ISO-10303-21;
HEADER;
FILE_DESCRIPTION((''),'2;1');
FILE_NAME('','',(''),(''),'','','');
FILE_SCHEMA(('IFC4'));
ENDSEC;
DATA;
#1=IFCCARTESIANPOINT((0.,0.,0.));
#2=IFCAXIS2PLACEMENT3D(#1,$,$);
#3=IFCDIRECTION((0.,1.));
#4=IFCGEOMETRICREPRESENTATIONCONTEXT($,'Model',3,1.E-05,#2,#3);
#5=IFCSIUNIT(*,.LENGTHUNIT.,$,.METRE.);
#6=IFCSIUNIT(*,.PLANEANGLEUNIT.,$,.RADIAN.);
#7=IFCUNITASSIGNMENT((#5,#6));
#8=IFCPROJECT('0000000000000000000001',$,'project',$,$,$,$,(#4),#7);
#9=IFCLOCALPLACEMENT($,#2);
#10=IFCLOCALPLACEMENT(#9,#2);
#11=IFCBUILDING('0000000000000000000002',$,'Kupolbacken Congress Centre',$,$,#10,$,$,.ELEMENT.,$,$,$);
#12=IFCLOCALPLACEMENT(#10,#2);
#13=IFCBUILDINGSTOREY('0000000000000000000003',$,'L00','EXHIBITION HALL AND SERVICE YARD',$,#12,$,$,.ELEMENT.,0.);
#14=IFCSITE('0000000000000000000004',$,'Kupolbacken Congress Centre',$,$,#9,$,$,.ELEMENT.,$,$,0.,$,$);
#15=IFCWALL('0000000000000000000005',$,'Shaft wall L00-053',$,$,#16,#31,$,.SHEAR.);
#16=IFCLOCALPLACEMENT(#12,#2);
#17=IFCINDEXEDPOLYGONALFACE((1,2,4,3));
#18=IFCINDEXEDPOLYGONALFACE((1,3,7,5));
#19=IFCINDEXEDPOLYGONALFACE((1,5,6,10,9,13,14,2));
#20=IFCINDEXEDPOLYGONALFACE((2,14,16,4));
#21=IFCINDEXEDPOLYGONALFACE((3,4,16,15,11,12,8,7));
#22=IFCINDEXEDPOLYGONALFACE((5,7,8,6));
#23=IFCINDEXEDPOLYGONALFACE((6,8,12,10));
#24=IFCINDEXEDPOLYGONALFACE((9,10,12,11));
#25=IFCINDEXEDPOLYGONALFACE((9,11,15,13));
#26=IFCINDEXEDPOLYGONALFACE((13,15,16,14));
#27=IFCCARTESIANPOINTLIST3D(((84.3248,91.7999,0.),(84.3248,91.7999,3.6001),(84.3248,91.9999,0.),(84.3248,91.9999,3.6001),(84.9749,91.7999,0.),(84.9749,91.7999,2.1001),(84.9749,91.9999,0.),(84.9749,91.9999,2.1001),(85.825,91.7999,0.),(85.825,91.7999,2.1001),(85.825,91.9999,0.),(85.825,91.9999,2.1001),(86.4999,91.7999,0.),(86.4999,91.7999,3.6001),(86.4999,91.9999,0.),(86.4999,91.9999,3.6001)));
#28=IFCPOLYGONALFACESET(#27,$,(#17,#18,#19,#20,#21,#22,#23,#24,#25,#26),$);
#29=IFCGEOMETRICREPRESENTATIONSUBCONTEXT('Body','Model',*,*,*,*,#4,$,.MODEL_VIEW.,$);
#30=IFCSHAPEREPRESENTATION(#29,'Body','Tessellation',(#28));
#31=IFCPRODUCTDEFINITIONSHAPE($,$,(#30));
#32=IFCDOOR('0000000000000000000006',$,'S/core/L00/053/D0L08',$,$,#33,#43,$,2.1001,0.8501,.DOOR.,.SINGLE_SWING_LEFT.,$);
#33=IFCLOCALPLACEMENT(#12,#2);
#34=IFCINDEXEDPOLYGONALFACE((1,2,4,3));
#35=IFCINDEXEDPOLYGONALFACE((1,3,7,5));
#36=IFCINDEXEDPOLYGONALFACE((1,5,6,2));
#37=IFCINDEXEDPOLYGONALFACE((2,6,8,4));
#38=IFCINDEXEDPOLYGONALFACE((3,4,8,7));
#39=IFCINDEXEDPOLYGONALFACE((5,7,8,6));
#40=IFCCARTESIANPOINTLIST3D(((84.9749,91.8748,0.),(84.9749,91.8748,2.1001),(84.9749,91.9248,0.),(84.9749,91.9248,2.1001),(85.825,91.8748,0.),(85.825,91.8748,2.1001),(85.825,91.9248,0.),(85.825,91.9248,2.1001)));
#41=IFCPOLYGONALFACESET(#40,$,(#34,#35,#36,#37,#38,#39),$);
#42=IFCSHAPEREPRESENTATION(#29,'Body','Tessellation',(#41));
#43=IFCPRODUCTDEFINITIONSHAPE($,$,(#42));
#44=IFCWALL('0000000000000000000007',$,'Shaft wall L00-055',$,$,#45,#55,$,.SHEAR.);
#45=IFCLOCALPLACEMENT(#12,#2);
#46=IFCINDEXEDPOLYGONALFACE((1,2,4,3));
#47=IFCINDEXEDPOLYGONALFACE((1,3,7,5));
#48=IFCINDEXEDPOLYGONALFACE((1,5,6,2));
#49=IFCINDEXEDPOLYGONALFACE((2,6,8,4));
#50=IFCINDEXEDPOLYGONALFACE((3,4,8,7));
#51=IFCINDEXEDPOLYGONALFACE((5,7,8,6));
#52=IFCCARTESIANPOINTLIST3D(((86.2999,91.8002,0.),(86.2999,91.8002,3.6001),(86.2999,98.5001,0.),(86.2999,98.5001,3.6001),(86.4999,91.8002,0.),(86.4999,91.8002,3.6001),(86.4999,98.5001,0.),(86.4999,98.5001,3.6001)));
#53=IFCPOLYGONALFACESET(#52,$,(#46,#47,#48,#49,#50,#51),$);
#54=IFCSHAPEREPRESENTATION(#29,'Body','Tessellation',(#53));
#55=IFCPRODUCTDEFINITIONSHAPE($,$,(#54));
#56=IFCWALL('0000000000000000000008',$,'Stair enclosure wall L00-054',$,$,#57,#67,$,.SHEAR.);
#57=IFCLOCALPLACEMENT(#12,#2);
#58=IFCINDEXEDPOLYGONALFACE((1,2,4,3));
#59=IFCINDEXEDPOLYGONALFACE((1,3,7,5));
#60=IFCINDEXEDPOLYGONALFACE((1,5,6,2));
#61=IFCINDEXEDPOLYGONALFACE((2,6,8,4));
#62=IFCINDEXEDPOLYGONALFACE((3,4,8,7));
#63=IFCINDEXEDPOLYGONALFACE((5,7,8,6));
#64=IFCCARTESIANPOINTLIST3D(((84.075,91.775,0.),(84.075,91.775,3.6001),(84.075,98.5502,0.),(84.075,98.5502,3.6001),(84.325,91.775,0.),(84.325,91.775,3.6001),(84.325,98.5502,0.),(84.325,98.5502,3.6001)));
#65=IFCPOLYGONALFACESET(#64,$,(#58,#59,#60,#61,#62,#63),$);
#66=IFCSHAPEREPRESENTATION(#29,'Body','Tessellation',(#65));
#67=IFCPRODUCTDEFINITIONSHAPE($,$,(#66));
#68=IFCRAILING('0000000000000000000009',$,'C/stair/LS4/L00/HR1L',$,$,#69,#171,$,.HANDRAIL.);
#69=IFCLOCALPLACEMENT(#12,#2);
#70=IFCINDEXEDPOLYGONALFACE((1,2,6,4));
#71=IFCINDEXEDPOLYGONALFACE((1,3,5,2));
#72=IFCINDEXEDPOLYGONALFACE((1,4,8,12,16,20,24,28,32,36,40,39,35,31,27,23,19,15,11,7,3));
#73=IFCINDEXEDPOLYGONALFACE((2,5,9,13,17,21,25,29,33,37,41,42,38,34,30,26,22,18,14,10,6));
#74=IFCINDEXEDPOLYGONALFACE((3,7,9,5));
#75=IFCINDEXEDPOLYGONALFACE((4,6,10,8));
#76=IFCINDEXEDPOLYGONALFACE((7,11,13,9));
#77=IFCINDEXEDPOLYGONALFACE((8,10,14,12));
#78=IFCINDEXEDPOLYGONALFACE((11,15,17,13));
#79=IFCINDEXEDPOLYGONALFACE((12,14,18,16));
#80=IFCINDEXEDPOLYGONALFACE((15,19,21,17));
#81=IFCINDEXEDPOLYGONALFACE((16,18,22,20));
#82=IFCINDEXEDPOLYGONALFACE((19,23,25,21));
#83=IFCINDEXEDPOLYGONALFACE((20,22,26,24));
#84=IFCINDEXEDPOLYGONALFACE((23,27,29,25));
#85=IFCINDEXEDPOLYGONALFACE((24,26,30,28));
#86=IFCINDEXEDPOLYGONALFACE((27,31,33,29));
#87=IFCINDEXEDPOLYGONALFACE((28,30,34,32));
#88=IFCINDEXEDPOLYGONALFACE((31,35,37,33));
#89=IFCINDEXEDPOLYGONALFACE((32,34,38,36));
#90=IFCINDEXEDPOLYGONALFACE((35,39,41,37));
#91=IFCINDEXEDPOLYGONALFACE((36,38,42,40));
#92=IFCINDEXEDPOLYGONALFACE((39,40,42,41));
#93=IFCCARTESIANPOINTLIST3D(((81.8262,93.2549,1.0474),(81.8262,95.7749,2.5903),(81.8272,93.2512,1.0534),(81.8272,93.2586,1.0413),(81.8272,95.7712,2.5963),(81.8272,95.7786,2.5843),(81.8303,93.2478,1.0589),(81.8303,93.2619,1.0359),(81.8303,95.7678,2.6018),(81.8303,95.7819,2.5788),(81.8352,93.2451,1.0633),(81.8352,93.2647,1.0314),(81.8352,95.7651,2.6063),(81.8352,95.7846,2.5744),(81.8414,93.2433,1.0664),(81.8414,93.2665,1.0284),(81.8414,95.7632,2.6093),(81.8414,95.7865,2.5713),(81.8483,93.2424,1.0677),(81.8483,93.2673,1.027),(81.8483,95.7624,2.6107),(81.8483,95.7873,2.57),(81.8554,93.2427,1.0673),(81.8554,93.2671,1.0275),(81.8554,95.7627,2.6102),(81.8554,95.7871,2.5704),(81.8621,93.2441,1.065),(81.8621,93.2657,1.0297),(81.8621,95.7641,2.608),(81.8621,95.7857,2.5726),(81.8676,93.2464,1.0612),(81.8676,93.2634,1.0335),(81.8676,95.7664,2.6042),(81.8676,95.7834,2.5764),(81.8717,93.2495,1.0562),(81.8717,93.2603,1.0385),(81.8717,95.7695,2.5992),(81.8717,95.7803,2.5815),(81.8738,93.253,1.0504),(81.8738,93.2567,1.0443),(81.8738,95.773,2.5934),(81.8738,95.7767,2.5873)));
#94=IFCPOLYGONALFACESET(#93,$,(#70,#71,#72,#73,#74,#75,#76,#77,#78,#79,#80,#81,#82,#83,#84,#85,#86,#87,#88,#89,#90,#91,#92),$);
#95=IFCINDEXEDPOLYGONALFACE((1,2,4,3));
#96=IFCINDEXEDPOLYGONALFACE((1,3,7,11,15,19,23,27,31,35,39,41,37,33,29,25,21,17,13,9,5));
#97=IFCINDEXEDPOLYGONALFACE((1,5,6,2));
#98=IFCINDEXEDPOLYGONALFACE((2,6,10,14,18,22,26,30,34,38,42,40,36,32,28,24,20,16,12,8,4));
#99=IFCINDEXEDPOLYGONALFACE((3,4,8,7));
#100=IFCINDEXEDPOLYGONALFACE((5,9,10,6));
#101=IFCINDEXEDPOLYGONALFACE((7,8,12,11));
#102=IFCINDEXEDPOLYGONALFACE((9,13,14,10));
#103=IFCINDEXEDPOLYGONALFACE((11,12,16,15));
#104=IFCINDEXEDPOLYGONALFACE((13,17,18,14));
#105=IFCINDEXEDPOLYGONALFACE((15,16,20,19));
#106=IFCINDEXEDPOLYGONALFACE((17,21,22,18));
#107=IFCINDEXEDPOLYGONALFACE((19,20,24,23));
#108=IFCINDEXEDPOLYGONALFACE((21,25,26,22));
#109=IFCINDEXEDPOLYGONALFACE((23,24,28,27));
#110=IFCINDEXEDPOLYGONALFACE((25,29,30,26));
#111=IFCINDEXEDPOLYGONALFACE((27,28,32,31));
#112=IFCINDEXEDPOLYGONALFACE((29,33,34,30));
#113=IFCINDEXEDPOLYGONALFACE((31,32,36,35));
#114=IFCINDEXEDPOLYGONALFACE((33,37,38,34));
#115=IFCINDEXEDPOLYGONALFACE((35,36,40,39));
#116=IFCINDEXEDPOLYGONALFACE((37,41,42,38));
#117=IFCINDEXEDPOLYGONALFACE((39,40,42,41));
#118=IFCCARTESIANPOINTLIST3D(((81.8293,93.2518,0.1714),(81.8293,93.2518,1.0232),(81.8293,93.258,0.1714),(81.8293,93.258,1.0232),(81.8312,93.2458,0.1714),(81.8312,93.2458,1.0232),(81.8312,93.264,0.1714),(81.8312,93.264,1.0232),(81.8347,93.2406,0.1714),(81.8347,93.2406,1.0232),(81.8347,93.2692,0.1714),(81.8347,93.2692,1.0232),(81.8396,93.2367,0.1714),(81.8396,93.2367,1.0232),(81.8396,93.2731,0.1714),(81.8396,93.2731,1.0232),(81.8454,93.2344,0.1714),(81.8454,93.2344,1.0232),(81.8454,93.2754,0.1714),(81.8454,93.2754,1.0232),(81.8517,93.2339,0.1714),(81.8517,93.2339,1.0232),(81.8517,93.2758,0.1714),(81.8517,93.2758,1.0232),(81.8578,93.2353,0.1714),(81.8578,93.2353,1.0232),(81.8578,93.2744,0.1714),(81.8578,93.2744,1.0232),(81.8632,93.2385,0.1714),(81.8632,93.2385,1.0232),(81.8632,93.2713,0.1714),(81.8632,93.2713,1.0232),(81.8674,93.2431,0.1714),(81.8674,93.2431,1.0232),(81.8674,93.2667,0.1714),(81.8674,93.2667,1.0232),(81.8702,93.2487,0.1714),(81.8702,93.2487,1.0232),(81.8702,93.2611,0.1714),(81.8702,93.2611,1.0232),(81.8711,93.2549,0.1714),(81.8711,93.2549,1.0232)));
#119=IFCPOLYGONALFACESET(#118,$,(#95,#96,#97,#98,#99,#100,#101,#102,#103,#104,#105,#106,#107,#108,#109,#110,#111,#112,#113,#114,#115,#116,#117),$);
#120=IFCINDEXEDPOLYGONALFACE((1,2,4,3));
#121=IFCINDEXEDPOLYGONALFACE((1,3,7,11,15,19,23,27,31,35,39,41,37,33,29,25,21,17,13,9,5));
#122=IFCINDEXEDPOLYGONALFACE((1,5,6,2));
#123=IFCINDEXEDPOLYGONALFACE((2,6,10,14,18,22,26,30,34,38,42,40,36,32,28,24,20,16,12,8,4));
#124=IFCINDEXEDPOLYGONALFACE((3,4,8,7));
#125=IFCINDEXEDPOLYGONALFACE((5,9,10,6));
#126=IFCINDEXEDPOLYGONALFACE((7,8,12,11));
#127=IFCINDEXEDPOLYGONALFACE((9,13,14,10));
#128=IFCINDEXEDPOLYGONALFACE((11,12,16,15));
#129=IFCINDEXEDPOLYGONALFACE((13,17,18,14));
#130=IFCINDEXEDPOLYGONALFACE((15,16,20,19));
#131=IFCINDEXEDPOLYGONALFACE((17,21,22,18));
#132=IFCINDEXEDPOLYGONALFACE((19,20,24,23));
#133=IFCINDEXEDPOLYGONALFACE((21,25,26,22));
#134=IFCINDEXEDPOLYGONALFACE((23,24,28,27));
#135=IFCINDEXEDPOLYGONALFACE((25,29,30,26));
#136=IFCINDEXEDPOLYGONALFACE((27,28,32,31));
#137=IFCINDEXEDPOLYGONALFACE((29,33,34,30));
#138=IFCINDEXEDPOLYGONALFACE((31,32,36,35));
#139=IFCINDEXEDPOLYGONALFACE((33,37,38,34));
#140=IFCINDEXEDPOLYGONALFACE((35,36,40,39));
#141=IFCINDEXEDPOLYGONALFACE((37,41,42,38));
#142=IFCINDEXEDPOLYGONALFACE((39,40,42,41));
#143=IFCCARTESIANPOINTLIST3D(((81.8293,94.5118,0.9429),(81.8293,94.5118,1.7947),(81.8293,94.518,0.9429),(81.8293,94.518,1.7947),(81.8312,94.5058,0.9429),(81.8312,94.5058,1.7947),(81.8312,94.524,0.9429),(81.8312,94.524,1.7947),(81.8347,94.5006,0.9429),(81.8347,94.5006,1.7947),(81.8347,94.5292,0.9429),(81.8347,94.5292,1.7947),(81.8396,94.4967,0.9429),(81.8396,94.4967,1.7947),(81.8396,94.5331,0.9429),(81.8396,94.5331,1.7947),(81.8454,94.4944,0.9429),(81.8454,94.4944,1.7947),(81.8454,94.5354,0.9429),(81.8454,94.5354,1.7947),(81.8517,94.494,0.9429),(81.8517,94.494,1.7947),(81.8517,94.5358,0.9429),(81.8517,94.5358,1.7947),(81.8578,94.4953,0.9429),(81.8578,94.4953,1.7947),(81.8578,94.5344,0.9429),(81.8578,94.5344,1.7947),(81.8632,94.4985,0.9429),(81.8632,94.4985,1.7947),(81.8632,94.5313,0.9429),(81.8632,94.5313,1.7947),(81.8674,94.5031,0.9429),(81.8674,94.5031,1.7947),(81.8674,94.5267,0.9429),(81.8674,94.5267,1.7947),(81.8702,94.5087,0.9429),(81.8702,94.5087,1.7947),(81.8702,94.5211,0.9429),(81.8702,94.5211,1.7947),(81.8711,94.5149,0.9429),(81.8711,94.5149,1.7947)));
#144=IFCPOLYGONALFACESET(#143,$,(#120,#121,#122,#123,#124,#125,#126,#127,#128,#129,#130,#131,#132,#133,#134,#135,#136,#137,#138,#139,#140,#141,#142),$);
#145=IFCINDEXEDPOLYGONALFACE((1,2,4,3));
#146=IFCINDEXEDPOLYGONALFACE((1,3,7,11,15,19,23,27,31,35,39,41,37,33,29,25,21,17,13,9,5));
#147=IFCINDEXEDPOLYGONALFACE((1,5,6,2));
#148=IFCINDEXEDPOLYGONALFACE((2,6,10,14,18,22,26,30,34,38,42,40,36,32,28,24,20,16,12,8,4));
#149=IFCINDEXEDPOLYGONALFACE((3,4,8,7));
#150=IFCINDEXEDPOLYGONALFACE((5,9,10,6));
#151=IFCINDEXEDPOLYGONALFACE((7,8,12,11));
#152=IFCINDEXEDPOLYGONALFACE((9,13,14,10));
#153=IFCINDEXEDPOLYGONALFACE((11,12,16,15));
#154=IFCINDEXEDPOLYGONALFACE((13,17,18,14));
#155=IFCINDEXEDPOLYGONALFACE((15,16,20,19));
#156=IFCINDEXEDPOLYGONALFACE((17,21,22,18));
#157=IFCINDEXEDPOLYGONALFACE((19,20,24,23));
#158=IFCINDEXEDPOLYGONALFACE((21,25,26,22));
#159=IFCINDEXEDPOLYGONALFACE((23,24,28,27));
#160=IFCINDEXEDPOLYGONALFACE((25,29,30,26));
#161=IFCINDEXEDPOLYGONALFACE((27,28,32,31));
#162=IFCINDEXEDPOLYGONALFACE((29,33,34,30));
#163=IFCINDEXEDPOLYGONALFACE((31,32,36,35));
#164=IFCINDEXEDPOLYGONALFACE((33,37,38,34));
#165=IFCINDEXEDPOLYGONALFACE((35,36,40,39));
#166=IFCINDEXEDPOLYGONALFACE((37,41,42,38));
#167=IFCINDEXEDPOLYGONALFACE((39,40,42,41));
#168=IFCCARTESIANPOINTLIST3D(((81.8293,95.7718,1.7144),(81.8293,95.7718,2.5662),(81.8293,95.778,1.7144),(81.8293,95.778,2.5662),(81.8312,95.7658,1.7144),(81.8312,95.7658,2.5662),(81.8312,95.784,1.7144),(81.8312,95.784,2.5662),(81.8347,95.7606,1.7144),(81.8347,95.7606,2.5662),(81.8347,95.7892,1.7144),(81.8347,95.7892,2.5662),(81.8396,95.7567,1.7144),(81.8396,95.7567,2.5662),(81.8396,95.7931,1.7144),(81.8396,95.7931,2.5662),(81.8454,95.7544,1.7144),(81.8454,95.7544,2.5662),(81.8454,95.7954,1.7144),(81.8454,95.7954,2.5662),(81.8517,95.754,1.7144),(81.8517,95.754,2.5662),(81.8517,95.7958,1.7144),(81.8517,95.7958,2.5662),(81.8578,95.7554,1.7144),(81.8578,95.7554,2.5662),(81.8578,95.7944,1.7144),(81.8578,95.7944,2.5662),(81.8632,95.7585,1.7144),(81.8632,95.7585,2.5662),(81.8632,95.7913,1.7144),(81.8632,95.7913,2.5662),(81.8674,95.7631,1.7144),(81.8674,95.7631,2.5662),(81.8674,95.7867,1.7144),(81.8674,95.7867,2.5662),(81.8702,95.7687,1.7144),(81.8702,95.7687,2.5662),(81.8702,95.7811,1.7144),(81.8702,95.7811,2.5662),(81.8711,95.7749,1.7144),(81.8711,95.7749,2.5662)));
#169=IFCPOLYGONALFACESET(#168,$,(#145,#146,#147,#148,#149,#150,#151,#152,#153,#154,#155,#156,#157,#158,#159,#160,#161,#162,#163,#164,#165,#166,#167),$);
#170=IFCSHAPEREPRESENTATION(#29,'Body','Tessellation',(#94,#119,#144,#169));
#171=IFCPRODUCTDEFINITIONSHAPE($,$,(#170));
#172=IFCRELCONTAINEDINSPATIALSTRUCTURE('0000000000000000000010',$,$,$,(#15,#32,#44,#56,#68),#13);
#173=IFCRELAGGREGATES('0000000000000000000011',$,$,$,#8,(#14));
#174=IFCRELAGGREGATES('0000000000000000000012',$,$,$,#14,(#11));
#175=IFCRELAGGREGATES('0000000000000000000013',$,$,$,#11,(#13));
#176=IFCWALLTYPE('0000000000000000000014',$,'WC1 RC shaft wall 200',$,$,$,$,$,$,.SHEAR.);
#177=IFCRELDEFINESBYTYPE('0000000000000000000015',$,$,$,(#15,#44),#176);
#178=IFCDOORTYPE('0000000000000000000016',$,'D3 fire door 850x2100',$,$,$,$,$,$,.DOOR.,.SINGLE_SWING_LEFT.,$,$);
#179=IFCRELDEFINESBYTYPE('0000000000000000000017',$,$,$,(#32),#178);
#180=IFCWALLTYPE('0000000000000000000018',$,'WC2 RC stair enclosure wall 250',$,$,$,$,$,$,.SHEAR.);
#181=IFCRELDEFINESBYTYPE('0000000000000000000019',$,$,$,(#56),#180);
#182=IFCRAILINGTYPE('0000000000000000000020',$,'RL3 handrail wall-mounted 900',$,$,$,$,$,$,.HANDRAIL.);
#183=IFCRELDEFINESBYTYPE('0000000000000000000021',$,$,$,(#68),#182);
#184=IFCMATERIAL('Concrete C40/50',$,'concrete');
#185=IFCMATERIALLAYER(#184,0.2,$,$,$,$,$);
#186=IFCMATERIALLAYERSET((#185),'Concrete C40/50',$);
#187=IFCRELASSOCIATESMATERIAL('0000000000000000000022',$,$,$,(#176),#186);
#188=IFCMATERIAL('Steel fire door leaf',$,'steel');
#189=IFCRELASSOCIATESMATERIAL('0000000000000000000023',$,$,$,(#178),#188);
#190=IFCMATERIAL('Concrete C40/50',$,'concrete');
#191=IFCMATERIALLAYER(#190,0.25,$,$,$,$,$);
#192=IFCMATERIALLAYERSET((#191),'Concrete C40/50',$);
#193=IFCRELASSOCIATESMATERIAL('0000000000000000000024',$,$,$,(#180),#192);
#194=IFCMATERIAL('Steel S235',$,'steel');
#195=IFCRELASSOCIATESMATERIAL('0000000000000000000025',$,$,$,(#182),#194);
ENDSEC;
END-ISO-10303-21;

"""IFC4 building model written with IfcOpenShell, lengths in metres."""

from ifc_helpers import new_model, si_unit, direction, frame, frame_2d, origin, origin_2d, place, context, subcontext, project, spatial, rectangle, circle, extrude, material, layer, layer_set, type_object, element, fill, save


model = new_model("IFC4")

# Units and contexts
model_context = context("Model", 3, precision=1e-05, world=origin(), true_north=direction((0.0, 1.0)))
body_context = subcontext(model_context, "Body", "Model", "MODEL_VIEW")
ifc_project = project(units=[si_unit("LENGTHUNIT", "METRE"), si_unit("PLANEANGLEUNIT", "RADIAN")], contexts=[model_context])

# Site, building, storey
site_placement = place(None, origin())
site = spatial("IfcSite", under=ifc_project, at=site_placement, Name="Kupolbacken Congress Centre", CompositionType="ELEMENT", RefElevation=0.0)
building_placement = place(site_placement, origin())
building = spatial("IfcBuilding", under=site, at=building_placement, Name="Kupolbacken Congress Centre", CompositionType="ELEMENT")
storey_placement = place(building_placement, origin())
storey = spatial("IfcBuildingStorey", under=building, at=storey_placement, Name="L00", Description="EXHIBITION HALL AND SERVICE YARD", CompositionType="ELEMENT", Elevation=0.0)

# Wall, opening, door
ifc_material_1 = material(Name="Concrete C40/50", Category="concrete")
ifc_layer_1 = layer(ifc_material_1, 0.2)
ifc_layer_set_1 = layer_set([ifc_layer_1], Name="Concrete C40/50")
wall_type_1 = type_object("IfcWallType", Name="WC1 RC shaft wall 200", PredefinedType="SHEAR", material=ifc_layer_set_1)
wall_1_placement = place(storey_placement, frame((84.325, 91.8999, 0.0), z_axis=(0.0, 0.0, 1.0), x_axis=(1.0, 0.0, 0.0)))
wall_1 = element("IfcWall", 1, at=wall_1_placement, inside=storey, type_object=wall_type_1, Name="Shaft wall L00-053", PredefinedType="SHEAR", context=body_context, shape_type="SweptSolid", body=[
    extrude(rectangle(XDim=2.175, YDim=0.2, at=frame_2d((1.0874, 0.0))), origin(), (0.0, 0.0, 1.0), 3.6001),
])
opening_1_placement = place(wall_1_placement, frame((0.6499, 0.0, 0.0)))
opening_1 = element("IfcOpeningElement", 2, at=opening_1_placement, cuts=wall_1, PredefinedType="OPENING", context=body_context, shape_type="SweptSolid", body=[
    extrude(rectangle(XDim=0.8501, YDim=2.1001, at=frame_2d((0.425, 1.05))), frame((0.0, 0.1099, 0.0), z_axis=(0.0, -1.0, 0.0), x_axis=(1.0, 0.0, 0.0)), (0.0, 0.0, 1.0), 0.22),
])
ifc_material_2 = material(Name="Steel fire door leaf", Category="steel")
door_type_1 = type_object("IfcDoorType", Name="D3 fire door 850x2100", OperationType="SINGLE_SWING_LEFT", PredefinedType="DOOR", material=ifc_material_2)
door_1_placement = place(opening_1_placement, origin())
door_1 = element("IfcDoor", 3, at=door_1_placement, inside=storey, type_object=door_type_1, Name="S/core/L00/053/D0L08", OperationType="SINGLE_SWING_LEFT", OverallHeight=2.1001, OverallWidth=0.8501, PredefinedType="DOOR", context=body_context, shape_type="SweptSolid", body=[
    extrude(rectangle(XDim=0.8501, YDim=2.1001, at=frame_2d((0.425, 1.05))), frame((0.0, 0.0249, 0.0), z_axis=(0.0, -1.0, 0.0), x_axis=(1.0, 0.0, 0.0)), (0.0, 0.0, 1.0), 0.05),
])
fill(opening_1, door_1)

# Walls
wall_2_placement = place(storey_placement, frame((86.3999, 91.8, 0.0), z_axis=(0.0, 0.0, 1.0), x_axis=(0.0, 1.0, 0.0)))
element("IfcWall", 4, at=wall_2_placement, inside=storey, type_object=wall_type_1, Name="Shaft wall L00-055", PredefinedType="SHEAR", context=body_context, shape_type="SweptSolid", body=[
    extrude(rectangle(XDim=6.7, YDim=0.2, at=frame_2d((3.3501, 0.0))), origin(), (0.0, 0.0, 1.0), 3.6001),
])
ifc_material_3 = material(Name="Concrete C40/50", Category="concrete")
ifc_layer_2 = layer(ifc_material_3, 0.25)
ifc_layer_set_2 = layer_set([ifc_layer_2], Name="Concrete C40/50")
wall_type_2 = type_object("IfcWallType", Name="WC2 RC stair enclosure wall 250", PredefinedType="SHEAR", material=ifc_layer_set_2)
wall_3_placement = place(storey_placement, frame((84.2, 91.7749, 0.0), z_axis=(0.0, 0.0, 1.0), x_axis=(0.0, 1.0, 0.0)))
element("IfcWall", 5, at=wall_3_placement, inside=storey, type_object=wall_type_2, Name="Stair enclosure wall L00-054", PredefinedType="SHEAR", context=body_context, shape_type="SweptSolid", body=[
    extrude(rectangle(XDim=6.7751, YDim=0.25, at=frame_2d((3.3877, 0.0))), origin(), (0.0, 0.0, 1.0), 3.6001),
])

# Railing
ifc_material_4 = material(Name="Steel S235", Category="steel")
railing_type = type_object("IfcRailingType", Name="RL3 handrail wall-mounted 900", PredefinedType="HANDRAIL", material=ifc_material_4)
for number, where, name in (
    (6, (81.8501, 93.2549, 0.1714), "C/stair/LS4/L00/HR1L"),
):
    element("IfcRailing", number, at=place(storey_placement, frame(where)), inside=storey, type_object=railing_type, Name=name, PredefinedType="HANDRAIL", context=body_context, shape_type="SweptSolid", body=[
        extrude(circle(Radius=0.0239, at=origin_2d()), frame((0.0, 0.0, 0.876), z_axis=(0.0, 0.852836, 0.522178), x_axis=(-1.0, 0.0, 0.0)), (0.0, 0.0, 1.0), 2.9548),
        extrude(circle(Radius=0.021, at=origin_2d()), origin(), (0.0, 0.0, 1.0), 0.8518),
        extrude(circle(Radius=0.021, at=origin_2d()), frame((0.0, 1.26, 0.7715)), (0.0, 0.0, 1.0), 0.8518),
        extrude(circle(Radius=0.021, at=origin_2d()), frame((0.0, 2.52, 1.543)), (0.0, 0.0, 1.0), 0.8518),
    ])

save(model, "model.ifc")
